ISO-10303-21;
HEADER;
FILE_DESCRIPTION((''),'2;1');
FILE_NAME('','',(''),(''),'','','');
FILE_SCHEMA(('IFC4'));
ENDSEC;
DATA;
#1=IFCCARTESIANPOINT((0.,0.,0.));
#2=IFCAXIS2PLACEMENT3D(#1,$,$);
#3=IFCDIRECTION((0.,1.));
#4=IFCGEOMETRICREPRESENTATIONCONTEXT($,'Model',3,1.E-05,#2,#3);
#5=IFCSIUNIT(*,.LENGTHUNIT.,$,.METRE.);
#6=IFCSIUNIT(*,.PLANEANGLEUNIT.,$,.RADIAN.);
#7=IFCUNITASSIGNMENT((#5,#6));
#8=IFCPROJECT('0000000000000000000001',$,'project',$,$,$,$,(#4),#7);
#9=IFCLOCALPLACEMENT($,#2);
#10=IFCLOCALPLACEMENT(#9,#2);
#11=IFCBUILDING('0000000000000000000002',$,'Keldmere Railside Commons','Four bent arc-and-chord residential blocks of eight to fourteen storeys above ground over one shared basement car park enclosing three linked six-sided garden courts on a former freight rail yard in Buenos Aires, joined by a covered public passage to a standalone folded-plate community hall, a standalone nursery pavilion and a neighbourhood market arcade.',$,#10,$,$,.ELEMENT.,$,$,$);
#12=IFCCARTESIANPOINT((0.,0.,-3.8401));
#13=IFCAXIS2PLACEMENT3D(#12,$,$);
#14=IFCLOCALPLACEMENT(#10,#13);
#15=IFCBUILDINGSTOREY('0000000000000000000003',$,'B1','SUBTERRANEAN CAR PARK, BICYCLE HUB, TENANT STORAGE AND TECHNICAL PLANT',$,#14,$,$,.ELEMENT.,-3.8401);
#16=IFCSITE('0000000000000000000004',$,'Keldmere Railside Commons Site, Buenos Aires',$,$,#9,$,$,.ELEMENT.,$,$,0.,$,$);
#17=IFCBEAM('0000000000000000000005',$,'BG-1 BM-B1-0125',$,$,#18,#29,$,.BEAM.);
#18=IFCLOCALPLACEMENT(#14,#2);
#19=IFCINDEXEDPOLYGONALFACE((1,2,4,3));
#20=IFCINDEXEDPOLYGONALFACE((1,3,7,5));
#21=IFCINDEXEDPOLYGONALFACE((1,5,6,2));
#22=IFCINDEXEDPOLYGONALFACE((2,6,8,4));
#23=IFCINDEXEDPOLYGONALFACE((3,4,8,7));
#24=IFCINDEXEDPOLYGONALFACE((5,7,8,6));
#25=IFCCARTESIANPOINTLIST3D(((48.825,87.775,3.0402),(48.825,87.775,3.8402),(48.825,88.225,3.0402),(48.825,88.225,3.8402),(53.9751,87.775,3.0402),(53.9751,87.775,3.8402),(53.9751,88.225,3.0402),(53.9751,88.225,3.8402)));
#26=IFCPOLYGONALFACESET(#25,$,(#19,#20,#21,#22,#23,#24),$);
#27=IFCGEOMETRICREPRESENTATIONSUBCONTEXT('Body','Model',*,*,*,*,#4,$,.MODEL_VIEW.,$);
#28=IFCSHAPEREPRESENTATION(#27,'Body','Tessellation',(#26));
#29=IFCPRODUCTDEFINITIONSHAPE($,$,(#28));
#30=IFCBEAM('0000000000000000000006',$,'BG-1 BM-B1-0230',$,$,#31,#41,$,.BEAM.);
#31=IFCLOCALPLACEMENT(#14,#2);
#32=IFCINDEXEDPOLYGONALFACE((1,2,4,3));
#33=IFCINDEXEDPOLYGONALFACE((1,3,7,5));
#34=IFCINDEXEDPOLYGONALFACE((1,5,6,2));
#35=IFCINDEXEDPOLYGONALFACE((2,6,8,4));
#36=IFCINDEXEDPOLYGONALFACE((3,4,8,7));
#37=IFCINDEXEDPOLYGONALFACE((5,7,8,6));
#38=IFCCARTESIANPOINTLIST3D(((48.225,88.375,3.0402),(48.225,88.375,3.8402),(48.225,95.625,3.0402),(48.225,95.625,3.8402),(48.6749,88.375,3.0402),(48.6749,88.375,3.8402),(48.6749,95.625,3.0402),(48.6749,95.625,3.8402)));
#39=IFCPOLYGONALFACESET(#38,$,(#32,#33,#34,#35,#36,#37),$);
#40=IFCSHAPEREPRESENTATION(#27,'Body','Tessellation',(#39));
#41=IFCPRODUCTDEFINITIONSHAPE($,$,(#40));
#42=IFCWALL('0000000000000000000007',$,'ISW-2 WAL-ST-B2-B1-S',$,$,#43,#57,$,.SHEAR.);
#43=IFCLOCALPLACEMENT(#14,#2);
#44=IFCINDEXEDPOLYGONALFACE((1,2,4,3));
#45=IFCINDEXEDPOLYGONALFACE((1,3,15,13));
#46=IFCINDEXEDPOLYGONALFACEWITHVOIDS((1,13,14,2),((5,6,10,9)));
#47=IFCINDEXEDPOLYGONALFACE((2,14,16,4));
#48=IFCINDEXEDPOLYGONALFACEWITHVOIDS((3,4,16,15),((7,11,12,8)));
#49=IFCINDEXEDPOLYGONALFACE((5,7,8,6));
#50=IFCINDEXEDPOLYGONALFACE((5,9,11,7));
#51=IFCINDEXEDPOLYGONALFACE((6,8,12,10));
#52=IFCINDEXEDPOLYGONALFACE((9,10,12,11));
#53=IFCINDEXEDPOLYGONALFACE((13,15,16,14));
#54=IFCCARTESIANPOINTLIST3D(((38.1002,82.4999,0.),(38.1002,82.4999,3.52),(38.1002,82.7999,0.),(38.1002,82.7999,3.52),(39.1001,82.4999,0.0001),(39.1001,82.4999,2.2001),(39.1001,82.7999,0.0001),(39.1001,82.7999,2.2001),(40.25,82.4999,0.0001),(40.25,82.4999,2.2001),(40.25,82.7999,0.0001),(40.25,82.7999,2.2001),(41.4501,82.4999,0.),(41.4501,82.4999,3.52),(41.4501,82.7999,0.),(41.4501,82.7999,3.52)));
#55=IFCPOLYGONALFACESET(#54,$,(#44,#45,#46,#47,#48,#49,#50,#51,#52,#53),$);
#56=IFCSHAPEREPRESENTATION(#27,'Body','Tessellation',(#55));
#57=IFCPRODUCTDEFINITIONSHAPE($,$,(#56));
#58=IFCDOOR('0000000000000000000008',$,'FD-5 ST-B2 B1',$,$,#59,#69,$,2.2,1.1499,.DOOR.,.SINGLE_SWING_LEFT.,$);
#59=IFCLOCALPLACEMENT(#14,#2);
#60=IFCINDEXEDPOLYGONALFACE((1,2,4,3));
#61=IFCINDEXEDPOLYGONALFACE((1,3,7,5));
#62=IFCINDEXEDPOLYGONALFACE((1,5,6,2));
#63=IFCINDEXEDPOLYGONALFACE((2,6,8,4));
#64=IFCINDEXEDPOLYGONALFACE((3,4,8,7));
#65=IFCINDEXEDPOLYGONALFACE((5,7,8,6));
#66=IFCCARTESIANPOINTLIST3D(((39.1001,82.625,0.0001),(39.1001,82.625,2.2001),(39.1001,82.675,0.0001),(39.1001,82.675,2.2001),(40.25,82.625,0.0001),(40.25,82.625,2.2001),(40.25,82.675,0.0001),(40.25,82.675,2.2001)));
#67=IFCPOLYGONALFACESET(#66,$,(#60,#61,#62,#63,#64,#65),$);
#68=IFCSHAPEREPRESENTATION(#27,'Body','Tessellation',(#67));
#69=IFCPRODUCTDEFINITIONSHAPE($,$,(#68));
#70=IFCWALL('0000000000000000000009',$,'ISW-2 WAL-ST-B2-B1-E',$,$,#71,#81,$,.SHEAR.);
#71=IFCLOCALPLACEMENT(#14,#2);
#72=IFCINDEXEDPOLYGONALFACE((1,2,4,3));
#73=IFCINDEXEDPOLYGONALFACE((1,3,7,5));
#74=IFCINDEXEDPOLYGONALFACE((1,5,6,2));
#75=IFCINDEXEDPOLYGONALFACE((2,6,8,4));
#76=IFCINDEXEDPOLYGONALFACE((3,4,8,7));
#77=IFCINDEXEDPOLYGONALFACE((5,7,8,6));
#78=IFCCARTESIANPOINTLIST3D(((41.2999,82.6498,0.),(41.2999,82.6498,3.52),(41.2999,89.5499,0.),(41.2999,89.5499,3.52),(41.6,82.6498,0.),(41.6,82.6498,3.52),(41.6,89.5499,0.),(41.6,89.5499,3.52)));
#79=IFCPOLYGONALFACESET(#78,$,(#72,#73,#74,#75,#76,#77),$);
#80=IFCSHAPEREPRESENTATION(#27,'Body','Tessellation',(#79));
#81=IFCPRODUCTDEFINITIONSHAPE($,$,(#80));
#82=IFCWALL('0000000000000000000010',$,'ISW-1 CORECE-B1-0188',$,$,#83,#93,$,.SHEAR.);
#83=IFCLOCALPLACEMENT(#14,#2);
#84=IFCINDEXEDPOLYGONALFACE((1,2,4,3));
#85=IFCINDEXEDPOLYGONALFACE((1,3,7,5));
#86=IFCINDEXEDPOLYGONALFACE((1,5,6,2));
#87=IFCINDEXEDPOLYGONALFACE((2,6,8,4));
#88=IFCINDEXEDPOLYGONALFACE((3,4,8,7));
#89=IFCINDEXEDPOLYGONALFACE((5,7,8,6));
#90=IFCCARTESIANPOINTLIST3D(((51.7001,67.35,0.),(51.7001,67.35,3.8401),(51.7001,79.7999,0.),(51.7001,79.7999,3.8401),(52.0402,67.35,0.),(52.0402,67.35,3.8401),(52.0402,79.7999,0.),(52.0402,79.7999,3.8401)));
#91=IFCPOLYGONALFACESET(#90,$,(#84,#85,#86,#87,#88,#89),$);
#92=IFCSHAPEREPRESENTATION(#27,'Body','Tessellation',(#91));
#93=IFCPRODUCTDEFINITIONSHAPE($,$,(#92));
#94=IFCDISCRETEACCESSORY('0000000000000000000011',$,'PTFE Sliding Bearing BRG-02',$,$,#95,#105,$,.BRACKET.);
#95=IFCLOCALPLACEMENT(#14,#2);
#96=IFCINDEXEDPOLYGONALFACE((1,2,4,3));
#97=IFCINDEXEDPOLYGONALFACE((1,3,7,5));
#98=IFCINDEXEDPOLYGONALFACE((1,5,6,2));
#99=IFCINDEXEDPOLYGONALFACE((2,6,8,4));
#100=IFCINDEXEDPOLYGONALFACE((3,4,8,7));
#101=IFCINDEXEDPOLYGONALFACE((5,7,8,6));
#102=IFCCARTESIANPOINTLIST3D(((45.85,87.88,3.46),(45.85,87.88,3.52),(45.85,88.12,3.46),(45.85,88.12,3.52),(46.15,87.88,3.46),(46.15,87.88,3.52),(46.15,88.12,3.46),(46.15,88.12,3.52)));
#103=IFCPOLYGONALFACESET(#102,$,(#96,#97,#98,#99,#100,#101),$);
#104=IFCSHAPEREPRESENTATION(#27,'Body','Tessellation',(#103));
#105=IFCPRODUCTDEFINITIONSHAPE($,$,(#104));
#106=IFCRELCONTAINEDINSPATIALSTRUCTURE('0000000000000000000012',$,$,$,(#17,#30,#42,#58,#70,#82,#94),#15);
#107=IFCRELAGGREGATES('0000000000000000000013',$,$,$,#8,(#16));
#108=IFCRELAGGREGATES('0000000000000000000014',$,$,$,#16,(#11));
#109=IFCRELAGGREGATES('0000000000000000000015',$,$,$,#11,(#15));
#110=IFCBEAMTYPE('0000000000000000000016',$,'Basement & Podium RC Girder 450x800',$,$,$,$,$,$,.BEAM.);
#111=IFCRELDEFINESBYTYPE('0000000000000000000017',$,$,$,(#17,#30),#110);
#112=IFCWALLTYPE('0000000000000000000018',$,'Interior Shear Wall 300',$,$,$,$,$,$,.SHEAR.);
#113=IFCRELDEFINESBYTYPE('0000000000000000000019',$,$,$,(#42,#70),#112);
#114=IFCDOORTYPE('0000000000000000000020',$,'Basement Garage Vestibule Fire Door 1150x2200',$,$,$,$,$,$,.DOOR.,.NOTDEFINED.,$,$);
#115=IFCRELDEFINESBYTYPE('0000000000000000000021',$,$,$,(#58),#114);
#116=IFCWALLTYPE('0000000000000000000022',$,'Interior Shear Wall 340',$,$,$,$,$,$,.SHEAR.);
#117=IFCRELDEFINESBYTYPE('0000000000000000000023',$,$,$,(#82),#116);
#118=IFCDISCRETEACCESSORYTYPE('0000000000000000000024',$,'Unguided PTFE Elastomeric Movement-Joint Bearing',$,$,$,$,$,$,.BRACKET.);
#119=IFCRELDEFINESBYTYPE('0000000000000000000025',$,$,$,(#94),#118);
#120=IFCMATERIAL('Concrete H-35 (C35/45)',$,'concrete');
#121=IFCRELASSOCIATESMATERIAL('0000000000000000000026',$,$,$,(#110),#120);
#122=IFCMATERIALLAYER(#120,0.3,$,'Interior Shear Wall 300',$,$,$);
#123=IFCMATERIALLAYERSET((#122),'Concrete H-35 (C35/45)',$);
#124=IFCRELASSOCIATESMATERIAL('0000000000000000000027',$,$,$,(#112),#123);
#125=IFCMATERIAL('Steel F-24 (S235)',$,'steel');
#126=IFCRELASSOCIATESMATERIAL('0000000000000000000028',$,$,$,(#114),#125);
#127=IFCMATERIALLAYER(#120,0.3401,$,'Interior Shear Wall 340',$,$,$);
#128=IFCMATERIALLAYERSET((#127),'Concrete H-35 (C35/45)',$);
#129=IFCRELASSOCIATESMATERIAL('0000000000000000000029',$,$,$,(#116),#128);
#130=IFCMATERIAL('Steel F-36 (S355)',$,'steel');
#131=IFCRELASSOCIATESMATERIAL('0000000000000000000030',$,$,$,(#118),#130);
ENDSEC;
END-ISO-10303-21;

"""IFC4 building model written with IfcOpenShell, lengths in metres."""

from ifc_helpers import new_model, si_unit, direction, frame, frame_2d, origin, origin_2d, place, context, subcontext, project, spatial, rectangle, extrude, material, layer, layer_set, material_profile, profile_set, type_object, element, fill, save


model = new_model("IFC4")

# Units and contexts
model_context = context("Model", 3, precision=1e-05, world=origin(), true_north=direction((0.0, 1.0)))
body_context = subcontext(model_context, "Body", "Model", "MODEL_VIEW")
ifc_project = project(units=[si_unit("LENGTHUNIT", "METRE"), si_unit("PLANEANGLEUNIT", "RADIAN")], contexts=[model_context])

# Site, building, storey
site_placement = place(None, origin())
site = spatial("IfcSite", under=ifc_project, at=site_placement, Name="Keldmere Railside Commons Site, Buenos Aires", CompositionType="ELEMENT", RefElevation=0.0)
building_placement = place(site_placement, origin())
building = spatial("IfcBuilding", under=site, at=building_placement, Name="Keldmere Railside Commons", Description="Four bent arc-and-chord residential blocks of eight to fourteen storeys above ground over one shared basement car park enclosing three linked six-sided garden courts on a former freight rail yard in Buenos Aires, joined by a covered public passage to a standalone folded-plate community hall, a standalone nursery pavilion and a neighbourhood market arcade.", CompositionType="ELEMENT")
storey_placement = place(building_placement, frame((0.0, 0.0, -3.8401)))
storey = spatial("IfcBuildingStorey", under=building, at=storey_placement, Name="B1", Description="SUBTERRANEAN CAR PARK, BICYCLE HUB, TENANT STORAGE AND TECHNICAL PLANT", CompositionType="ELEMENT", Elevation=-3.8401)

# Beams
ifc_material_1 = material(Name="Concrete H-35 (C35/45)", Category="concrete")
ifc_material_profile_1 = material_profile(ifc_material_1, rectangle(XDim=0.45, YDim=0.8, at=origin_2d()), Name="RC-450x800")
ifc_profile_set_1 = profile_set([ifc_material_profile_1], Name="Concrete H-35 (C35/45)")
beam_type = type_object("IfcBeamType", Name="Basement & Podium RC Girder 450x800", PredefinedType="BEAM", material=ifc_profile_set_1)
beam_1_placement = place(storey_placement, frame((48.825, 88.0, 3.4402), z_axis=(1.0, 0.0, 0.0), x_axis=(0.0, 1.0, 0.0)))
element("IfcBeam", 1, at=beam_1_placement, inside=storey, type_object=beam_type, Name="BG-1 BM-B1-0125", PredefinedType="BEAM", context=body_context, shape_type="SweptSolid", body=[
    extrude(rectangle(XDim=0.45, YDim=0.8, at=origin_2d()), origin(), (0.0, 0.0, 1.0), 5.1501),
])
beam_2_placement = place(storey_placement, frame((48.45, 88.375, 3.4402), z_axis=(0.0, 1.0, 0.0), x_axis=(-1.0, 0.0, 0.0)))
element("IfcBeam", 2, at=beam_2_placement, inside=storey, type_object=beam_type, Name="BG-1 BM-B1-0230", PredefinedType="BEAM", context=body_context, shape_type="SweptSolid", body=[
    extrude(rectangle(XDim=0.45, YDim=0.8, at=origin_2d()), origin(), (0.0, 0.0, 1.0), 7.25),
])

# Wall, opening, door
ifc_layer_1 = layer(ifc_material_1, 0.3, Name="Interior Shear Wall 300")
ifc_layer_set_1 = layer_set([ifc_layer_1], Name="Concrete H-35 (C35/45)")
wall_type_1 = type_object("IfcWallType", Name="Interior Shear Wall 300", PredefinedType="SHEAR", material=ifc_layer_set_1)
wall_1_placement = place(storey_placement, frame((41.45, 82.6499, 0.0), z_axis=(0.0, 0.0, 1.0), x_axis=(-1.0, 0.0, 0.0)))
wall_1 = element("IfcWall", 3, at=wall_1_placement, inside=storey, type_object=wall_type_1, Name="ISW-2 WAL-ST-B2-B1-S", PredefinedType="SHEAR", context=body_context, shape_type="SweptSolid", body=[
    extrude(rectangle(XDim=3.3499, YDim=0.3, at=frame_2d((1.6748, 0.0))), origin(), (0.0, 0.0, 1.0), 3.52),
])
opening_placement = place(wall_1_placement, frame((1.2, 0.0, 0.0)))
opening = element("IfcOpeningElement", 4, at=opening_placement, cuts=wall_1, PredefinedType="OPENING", context=body_context, shape_type="SweptSolid", body=[
    extrude(rectangle(XDim=1.1499, YDim=2.2, at=frame_2d((0.575, 1.1001))), frame((0.0, 0.1599, 0.0), z_axis=(0.0, -1.0, 0.0), x_axis=(1.0, 0.0, 0.0)), (0.0, 0.0, 1.0), 0.3201),
])
ifc_material_2 = material(Name="Steel F-24 (S235)", Category="steel")
door_type = type_object("IfcDoorType", Name="Basement Garage Vestibule Fire Door 1150x2200", OperationType="NOTDEFINED", PredefinedType="DOOR", material=ifc_material_2)
door_placement = place(opening_placement, origin())
door = element("IfcDoor", 5, at=door_placement, inside=storey, type_object=door_type, Name="FD-5 ST-B2 B1", OperationType="SINGLE_SWING_LEFT", OverallHeight=2.2, OverallWidth=1.1499, PredefinedType="DOOR", context=body_context, shape_type="SweptSolid", body=[
    extrude(rectangle(XDim=1.1499, YDim=2.2, at=frame_2d((0.575, 1.1001))), frame((0.0, 0.0249, 0.0), z_axis=(0.0, -1.0, 0.0), x_axis=(1.0, 0.0, 0.0)), (0.0, 0.0, 1.0), 0.05),
])
fill(opening, door)

# Walls
wall_2_placement = place(storey_placement, frame((41.45, 89.55, 0.0), z_axis=(0.0, 0.0, 1.0), x_axis=(0.0, -1.0, 0.0)))
element("IfcWall", 6, at=wall_2_placement, inside=storey, type_object=wall_type_1, Name="ISW-2 WAL-ST-B2-B1-E", PredefinedType="SHEAR", context=body_context, shape_type="SweptSolid", body=[
    extrude(rectangle(XDim=6.9001, YDim=0.3, at=frame_2d((3.4502, 0.0))), origin(), (0.0, 0.0, 1.0), 3.52),
])
ifc_layer_2 = layer(ifc_material_1, 0.3401, Name="Interior Shear Wall 340")
ifc_layer_set_2 = layer_set([ifc_layer_2], Name="Concrete H-35 (C35/45)")
wall_type_2 = type_object("IfcWallType", Name="Interior Shear Wall 340", PredefinedType="SHEAR", material=ifc_layer_set_2)
wall_3_placement = place(storey_placement, frame((51.8701, 79.8, 0.0), z_axis=(0.0, 0.0, 1.0), x_axis=(0.0, -1.0, 0.0)))
element("IfcWall", 7, at=wall_3_placement, inside=storey, type_object=wall_type_2, Name="ISW-1 CORECE-B1-0188", PredefinedType="SHEAR", context=body_context, shape_type="SweptSolid", body=[
    extrude(rectangle(XDim=12.45, YDim=0.3401, at=frame_2d((6.2251, 0.0))), origin(), (0.0, 0.0, 1.0), 3.8401),
])

# Discrete accessory
ifc_material_3 = material(Name="Steel F-36 (S355)", Category="steel")
discrete_accessory_type = type_object("IfcDiscreteAccessoryType", Name="Unguided PTFE Elastomeric Movement-Joint Bearing", PredefinedType="BRACKET", material=ifc_material_3)
discrete_accessory_placement = place(storey_placement, frame((46.0, 88.0, 3.46), z_axis=(0.0, 0.0, 1.0), x_axis=(1.0, 0.0, 0.0)))
element("IfcDiscreteAccessory", 8, at=discrete_accessory_placement, inside=storey, type_object=discrete_accessory_type, Name="PTFE Sliding Bearing BRG-02", PredefinedType="BRACKET", context=body_context, shape_type="SweptSolid", body=[
    extrude(rectangle(XDim=0.3, YDim=0.24, at=origin_2d()), origin(), (0.0, 0.0, 1.0), 0.0601),
])

save(model, "model.ifc")
